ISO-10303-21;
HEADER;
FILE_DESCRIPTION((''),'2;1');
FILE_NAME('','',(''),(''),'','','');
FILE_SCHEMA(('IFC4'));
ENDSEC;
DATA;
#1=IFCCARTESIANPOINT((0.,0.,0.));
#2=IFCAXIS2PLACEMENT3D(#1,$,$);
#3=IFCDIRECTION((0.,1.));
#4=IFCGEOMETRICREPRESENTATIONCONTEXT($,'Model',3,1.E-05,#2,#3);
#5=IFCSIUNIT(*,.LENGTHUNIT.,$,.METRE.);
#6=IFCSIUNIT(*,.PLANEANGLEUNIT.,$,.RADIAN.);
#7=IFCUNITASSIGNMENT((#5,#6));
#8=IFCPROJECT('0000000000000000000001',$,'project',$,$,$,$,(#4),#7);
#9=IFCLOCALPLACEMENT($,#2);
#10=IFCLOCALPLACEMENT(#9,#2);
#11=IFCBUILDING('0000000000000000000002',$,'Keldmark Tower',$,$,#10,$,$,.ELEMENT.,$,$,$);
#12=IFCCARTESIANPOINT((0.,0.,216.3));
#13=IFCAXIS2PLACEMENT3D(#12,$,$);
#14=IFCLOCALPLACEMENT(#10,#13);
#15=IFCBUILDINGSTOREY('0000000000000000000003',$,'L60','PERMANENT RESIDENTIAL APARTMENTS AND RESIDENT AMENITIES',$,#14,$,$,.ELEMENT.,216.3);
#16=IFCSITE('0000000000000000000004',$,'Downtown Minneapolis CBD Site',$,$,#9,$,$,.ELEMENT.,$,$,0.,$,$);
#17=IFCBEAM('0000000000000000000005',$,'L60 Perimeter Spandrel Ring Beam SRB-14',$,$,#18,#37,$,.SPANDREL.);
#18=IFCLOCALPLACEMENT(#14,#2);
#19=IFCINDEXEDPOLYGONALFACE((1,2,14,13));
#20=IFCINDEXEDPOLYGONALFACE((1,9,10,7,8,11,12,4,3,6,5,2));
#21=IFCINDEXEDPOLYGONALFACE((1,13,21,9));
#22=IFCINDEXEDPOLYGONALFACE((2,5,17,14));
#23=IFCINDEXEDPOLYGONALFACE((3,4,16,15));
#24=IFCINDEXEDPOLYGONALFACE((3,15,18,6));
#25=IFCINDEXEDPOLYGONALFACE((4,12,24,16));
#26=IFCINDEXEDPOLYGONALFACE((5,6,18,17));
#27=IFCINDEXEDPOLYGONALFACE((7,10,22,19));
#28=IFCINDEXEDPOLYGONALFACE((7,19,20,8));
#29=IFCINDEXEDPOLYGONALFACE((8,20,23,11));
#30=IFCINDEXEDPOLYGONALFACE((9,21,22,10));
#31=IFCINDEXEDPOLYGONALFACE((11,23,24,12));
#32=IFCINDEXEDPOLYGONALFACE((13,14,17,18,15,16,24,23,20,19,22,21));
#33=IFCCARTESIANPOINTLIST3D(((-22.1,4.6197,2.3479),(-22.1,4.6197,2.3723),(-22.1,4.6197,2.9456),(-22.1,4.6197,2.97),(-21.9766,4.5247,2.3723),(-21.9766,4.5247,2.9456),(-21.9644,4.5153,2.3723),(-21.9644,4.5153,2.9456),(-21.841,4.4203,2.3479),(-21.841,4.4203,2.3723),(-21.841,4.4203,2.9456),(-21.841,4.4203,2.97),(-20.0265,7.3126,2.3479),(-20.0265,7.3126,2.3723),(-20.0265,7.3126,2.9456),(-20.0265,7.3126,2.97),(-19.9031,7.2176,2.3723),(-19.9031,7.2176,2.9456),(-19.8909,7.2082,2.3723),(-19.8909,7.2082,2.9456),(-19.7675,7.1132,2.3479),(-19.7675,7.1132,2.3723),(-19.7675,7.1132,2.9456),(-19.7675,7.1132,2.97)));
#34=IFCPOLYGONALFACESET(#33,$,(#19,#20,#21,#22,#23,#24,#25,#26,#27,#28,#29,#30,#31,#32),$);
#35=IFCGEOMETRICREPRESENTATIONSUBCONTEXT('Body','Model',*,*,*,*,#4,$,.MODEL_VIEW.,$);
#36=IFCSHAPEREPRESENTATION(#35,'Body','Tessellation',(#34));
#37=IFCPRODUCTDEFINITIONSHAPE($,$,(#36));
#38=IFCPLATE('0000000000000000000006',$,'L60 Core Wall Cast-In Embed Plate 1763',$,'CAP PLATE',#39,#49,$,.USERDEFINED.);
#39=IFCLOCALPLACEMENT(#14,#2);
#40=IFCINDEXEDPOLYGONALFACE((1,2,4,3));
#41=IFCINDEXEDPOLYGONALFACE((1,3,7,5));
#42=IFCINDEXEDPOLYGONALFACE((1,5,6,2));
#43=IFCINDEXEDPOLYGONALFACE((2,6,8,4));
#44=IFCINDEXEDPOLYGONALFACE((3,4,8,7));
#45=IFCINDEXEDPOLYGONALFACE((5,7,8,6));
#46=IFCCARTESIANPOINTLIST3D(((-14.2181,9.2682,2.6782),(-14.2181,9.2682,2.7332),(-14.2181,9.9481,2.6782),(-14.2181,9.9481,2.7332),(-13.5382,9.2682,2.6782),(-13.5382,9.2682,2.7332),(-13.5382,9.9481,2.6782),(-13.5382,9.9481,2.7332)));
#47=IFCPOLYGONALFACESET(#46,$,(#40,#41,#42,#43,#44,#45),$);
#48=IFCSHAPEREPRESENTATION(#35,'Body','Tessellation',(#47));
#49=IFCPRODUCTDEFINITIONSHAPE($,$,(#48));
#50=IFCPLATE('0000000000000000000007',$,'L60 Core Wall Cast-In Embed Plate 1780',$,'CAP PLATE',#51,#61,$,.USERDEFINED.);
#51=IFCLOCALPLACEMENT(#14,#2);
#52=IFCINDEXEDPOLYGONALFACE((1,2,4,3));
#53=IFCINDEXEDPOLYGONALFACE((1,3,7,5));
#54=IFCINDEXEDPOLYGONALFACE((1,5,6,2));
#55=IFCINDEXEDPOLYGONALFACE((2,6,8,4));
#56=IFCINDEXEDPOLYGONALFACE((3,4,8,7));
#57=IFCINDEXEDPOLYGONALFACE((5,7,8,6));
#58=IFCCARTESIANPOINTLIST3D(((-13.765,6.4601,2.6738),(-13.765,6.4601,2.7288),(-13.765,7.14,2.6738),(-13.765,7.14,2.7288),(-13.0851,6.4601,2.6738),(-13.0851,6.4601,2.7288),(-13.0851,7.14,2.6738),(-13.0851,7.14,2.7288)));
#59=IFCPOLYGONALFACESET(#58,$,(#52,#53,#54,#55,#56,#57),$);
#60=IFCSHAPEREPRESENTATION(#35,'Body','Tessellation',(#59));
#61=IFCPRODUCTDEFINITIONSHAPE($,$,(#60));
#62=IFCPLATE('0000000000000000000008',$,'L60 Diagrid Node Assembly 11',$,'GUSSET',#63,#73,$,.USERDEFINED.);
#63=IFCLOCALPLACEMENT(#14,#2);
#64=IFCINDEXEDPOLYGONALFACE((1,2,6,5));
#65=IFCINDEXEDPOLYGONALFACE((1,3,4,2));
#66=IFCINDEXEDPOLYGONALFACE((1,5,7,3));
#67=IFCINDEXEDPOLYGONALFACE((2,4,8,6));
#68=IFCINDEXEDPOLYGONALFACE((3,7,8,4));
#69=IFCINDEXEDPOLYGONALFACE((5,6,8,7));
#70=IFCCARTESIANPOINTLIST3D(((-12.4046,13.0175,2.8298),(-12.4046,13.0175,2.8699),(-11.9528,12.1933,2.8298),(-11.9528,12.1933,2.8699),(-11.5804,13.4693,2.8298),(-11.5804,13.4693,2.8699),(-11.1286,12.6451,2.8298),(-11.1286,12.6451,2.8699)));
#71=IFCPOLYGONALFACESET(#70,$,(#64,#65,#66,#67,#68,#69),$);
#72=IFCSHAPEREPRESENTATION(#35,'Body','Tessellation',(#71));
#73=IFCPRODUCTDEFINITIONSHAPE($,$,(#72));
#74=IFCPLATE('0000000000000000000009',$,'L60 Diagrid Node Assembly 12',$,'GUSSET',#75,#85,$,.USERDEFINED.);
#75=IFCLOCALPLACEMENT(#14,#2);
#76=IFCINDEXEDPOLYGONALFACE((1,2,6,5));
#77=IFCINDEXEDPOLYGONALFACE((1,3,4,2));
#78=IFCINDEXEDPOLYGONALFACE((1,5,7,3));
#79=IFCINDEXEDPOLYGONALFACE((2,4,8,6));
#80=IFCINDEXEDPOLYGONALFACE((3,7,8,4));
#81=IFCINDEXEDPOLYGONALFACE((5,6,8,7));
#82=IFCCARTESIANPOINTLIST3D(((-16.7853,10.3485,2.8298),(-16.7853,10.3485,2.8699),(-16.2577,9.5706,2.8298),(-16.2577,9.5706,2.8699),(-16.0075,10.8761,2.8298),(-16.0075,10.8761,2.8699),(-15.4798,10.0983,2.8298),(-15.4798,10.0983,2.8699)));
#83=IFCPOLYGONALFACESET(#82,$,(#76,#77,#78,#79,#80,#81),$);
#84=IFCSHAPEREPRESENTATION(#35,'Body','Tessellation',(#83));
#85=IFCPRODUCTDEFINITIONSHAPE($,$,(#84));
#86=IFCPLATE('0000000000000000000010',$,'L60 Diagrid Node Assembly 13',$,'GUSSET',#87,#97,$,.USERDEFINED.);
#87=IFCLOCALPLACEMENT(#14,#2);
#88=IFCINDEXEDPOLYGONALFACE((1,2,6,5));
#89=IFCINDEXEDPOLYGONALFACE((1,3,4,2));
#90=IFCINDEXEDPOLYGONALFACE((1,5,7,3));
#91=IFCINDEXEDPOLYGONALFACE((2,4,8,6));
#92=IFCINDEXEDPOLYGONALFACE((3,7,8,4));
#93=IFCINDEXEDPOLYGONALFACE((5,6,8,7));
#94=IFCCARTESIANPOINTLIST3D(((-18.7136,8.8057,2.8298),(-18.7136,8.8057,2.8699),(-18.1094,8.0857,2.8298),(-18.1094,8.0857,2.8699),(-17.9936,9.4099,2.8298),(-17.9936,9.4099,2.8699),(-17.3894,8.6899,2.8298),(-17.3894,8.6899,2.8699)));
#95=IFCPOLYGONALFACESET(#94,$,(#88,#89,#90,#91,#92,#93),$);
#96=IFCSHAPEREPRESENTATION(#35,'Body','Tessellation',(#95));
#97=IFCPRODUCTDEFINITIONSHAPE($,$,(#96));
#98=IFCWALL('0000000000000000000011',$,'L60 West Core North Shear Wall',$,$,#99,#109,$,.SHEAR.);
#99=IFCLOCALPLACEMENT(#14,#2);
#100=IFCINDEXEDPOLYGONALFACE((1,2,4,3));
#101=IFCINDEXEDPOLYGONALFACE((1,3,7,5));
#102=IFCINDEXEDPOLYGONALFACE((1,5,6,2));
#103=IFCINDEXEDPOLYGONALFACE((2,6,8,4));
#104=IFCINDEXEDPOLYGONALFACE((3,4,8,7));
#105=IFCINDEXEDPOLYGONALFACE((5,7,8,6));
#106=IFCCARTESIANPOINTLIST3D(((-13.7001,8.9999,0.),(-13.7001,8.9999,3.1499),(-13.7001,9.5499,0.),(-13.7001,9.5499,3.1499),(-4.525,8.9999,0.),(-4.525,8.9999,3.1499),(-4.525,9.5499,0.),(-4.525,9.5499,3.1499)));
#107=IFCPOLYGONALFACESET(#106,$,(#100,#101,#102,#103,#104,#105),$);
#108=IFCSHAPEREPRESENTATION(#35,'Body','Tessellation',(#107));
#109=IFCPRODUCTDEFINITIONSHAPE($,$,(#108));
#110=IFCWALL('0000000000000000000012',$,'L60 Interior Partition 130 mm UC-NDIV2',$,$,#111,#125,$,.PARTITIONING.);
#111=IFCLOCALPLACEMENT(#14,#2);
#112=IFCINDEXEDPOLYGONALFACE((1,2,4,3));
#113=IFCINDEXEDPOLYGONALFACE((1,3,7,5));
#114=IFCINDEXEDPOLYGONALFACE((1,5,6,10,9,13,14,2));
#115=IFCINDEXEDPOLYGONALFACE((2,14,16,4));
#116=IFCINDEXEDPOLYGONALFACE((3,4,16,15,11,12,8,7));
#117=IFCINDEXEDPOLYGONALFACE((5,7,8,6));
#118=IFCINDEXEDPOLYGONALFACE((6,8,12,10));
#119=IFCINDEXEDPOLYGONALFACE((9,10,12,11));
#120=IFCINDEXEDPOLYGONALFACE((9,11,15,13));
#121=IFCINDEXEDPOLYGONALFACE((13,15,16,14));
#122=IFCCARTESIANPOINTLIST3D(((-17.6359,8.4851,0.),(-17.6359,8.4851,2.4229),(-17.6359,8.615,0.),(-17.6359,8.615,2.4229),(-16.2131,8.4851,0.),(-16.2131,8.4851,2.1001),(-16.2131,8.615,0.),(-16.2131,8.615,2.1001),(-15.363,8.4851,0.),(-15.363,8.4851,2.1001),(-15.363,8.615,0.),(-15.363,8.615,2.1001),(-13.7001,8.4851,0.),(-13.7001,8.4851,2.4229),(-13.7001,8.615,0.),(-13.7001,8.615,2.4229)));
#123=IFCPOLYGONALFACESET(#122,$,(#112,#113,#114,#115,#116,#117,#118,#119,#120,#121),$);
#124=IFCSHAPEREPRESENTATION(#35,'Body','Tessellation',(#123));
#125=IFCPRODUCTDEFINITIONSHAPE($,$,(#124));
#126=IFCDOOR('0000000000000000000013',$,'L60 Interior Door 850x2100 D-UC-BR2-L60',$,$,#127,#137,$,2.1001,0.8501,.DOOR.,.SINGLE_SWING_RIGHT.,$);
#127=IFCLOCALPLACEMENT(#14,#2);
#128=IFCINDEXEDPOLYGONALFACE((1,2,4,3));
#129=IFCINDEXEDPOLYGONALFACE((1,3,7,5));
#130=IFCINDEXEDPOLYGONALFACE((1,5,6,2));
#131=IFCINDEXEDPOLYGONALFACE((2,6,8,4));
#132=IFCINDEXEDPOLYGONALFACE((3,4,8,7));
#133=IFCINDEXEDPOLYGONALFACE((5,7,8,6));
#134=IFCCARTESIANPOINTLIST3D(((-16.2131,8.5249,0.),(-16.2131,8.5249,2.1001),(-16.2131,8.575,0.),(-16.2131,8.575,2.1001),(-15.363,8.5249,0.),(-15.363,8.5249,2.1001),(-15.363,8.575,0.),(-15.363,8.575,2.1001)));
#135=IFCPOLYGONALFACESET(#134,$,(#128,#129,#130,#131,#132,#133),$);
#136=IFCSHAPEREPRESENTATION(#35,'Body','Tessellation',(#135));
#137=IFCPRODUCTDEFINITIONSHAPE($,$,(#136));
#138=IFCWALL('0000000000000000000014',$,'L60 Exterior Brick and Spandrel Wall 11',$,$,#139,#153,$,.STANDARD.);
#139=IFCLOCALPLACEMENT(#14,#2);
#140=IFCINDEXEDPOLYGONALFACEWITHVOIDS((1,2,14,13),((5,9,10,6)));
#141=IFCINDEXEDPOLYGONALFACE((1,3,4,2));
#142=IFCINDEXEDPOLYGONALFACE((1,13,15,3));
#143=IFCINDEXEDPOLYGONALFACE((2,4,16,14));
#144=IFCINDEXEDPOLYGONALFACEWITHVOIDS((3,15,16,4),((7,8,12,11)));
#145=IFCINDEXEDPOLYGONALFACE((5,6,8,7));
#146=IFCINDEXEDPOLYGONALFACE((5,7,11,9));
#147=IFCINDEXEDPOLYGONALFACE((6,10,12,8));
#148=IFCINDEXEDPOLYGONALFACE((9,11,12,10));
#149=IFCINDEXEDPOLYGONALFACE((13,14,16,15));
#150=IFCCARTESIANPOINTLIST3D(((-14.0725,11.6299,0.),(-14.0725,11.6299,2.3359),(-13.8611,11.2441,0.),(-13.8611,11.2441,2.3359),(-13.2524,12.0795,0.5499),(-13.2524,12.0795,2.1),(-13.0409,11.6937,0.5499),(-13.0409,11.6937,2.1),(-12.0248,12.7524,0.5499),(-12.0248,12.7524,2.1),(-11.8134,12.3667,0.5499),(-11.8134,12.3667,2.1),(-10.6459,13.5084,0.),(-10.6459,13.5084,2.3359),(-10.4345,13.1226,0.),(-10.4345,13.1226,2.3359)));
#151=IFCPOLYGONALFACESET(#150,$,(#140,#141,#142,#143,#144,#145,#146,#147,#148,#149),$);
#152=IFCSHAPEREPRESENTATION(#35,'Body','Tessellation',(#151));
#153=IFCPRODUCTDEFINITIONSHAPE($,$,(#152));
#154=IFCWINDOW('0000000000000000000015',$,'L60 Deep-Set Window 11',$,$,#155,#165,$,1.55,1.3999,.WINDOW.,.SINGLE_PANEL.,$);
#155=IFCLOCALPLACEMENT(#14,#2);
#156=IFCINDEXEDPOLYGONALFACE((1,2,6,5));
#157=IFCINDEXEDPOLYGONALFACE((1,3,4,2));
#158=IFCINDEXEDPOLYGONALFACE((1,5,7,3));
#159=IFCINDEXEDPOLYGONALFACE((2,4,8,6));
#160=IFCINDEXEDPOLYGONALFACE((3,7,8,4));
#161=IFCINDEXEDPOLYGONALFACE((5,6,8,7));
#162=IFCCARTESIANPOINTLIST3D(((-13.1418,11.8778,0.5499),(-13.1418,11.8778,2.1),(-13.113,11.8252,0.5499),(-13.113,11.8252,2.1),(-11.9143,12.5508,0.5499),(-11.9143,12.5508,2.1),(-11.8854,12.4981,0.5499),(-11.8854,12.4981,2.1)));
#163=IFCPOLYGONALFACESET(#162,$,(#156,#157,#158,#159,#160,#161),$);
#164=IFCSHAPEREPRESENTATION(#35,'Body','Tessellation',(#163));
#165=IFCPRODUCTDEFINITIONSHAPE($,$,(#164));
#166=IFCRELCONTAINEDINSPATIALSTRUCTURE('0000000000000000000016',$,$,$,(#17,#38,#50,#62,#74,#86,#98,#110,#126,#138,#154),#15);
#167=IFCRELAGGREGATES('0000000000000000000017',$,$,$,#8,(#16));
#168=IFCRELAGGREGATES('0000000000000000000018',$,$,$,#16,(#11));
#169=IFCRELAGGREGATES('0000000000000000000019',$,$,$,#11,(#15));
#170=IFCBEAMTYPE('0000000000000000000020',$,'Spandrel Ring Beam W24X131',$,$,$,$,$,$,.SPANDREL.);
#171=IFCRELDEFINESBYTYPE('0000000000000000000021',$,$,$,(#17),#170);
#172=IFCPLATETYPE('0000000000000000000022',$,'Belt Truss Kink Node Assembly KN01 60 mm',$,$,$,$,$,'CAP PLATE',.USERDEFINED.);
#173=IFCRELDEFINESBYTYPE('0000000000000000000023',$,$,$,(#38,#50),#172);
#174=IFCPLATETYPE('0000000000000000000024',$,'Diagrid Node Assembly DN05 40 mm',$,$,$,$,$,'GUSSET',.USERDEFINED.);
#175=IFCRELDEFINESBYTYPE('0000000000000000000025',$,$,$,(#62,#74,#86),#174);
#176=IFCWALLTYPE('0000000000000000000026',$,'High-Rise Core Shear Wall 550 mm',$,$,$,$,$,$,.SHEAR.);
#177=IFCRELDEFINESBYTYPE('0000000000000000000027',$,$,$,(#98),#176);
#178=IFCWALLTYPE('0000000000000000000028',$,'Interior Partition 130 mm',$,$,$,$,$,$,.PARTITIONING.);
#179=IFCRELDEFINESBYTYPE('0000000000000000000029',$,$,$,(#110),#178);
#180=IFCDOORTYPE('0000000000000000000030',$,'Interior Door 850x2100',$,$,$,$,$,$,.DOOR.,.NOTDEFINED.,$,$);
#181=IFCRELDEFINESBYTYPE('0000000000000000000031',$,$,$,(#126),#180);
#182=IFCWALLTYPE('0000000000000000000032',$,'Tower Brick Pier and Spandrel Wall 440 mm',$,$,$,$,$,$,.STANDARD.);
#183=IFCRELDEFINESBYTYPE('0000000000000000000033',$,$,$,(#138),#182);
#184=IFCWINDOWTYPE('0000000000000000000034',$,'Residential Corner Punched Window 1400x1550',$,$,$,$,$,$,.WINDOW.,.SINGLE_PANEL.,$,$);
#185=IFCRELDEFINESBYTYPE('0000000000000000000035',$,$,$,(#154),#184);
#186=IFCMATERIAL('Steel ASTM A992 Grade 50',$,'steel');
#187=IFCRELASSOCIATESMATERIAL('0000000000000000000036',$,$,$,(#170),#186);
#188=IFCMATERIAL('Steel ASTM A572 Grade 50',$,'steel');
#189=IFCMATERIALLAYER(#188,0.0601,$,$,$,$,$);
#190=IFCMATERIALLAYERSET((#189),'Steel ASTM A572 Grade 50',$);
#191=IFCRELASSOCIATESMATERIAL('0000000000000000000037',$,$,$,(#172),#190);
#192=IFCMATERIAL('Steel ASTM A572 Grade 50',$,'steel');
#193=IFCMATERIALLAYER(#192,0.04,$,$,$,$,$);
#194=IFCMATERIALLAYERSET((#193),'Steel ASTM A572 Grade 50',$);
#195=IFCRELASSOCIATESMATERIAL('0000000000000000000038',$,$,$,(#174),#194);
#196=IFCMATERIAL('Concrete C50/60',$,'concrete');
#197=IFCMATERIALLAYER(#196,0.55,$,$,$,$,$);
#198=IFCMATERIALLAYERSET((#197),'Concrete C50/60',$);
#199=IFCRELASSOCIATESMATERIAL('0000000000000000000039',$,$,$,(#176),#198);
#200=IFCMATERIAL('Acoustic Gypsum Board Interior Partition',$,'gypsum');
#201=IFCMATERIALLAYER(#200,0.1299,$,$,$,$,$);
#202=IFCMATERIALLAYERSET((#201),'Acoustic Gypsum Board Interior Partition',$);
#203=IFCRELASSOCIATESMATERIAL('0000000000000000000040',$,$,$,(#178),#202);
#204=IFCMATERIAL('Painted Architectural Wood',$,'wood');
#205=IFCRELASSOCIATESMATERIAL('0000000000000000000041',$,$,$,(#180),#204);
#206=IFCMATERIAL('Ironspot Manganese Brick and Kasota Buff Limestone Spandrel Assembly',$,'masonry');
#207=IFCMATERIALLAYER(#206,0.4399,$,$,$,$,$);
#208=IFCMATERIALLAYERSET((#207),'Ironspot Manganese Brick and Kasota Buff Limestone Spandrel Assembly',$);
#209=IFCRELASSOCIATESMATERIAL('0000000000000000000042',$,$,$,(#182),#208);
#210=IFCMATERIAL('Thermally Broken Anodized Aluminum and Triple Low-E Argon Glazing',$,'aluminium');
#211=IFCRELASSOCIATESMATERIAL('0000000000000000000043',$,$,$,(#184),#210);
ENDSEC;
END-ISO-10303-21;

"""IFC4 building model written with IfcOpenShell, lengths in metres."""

from ifc_helpers import new_model, si_unit, direction, frame, frame_2d, origin, origin_2d, place, context, subcontext, project, spatial, rectangle, i_section, extrude, material, layer, layer_set, material_profile, profile_set, type_object, element, fill, save


model = new_model("IFC4")

# Units and contexts
model_context = context("Model", 3, precision=1e-05, world=origin(), true_north=direction((0.0, 1.0)))
body_context = subcontext(model_context, "Body", "Model", "MODEL_VIEW")
ifc_project = project(units=[si_unit("LENGTHUNIT", "METRE"), si_unit("PLANEANGLEUNIT", "RADIAN")], contexts=[model_context])

# Site, building, storey
site_placement = place(None, origin())
site = spatial("IfcSite", under=ifc_project, at=site_placement, Name="Downtown Minneapolis CBD Site", CompositionType="ELEMENT", RefElevation=0.0)
building_placement = place(site_placement, origin())
building = spatial("IfcBuilding", under=site, at=building_placement, Name="Keldmark Tower", CompositionType="ELEMENT")
storey_placement = place(building_placement, frame((0.0, 0.0, 216.3)))
storey = spatial("IfcBuildingStorey", under=building, at=storey_placement, Name="L60", Description="PERMANENT RESIDENTIAL APARTMENTS AND RESIDENT AMENITIES", CompositionType="ELEMENT", Elevation=216.3)

# Beam
ifc_material_1 = material(Name="Steel ASTM A992 Grade 50", Category="steel")
ifc_material_profile_1 = material_profile(ifc_material_1, i_section(OverallWidth=0.3269, OverallDepth=0.6221, WebThickness=0.0154, FlangeThickness=0.0244, at=origin_2d()), Name="W24X131")
ifc_profile_set_1 = profile_set([ifc_material_profile_1], Name="Steel ASTM A992 Grade 50")
beam_type_1 = type_object("IfcBeamType", Name="Spandrel Ring Beam W24X131", PredefinedType="SPANDREL", material=ifc_profile_set_1)
beam_1_placement = place(storey_placement, frame((-19.897, 7.2129, 2.6589), z_axis=(-0.610089, -0.792333, 0.0), x_axis=(0.792333, -0.610089, 0.0)))
element("IfcBeam", 1, at=beam_1_placement, inside=storey, type_object=beam_type_1, Name="L60 Perimeter Spandrel Ring Beam SRB-14", PredefinedType="SPANDREL", context=body_context, shape_type="SweptSolid", body=[
    extrude(i_section(OverallWidth=0.3269, OverallDepth=0.6221, WebThickness=0.0154, FlangeThickness=0.0244, at=origin_2d()), origin(), (0.0, 0.0, 1.0), 3.3987),
])

# Plates
ifc_material_2 = material(Name="Steel ASTM A572 Grade 50", Category="steel")
ifc_layer_1 = layer(ifc_material_2, 0.0601)
ifc_layer_set_1 = layer_set([ifc_layer_1], Name="Steel ASTM A572 Grade 50")
plate_type_1 = type_object("IfcPlateType", Name="Belt Truss Kink Node Assembly KN01 60 mm", ElementType="CAP PLATE", PredefinedType="USERDEFINED", material=ifc_layer_set_1)
for number, where, z_axis, x_axis, name in (
    (2, (-13.8782, 9.6082, 2.6782), (0.0, 0.0, 1.0), (1.0, 0.0, 0.0), "L60 Core Wall Cast-In Embed Plate 1763"),
    (3, (-13.425, 6.8, 2.6738), (0.0, 0.0, 1.0), (1.0, 0.0, 0.0), "L60 Core Wall Cast-In Embed Plate 1780"),
):
    element("IfcPlate", number, at=place(storey_placement, frame(where, z_axis=z_axis, x_axis=x_axis)), inside=storey, type_object=plate_type_1, Name=name, ObjectType="CAP PLATE", PredefinedType="USERDEFINED", context=body_context, shape_type="SweptSolid", body=[
        extrude(rectangle(XDim=0.6799, YDim=0.6799, at=origin_2d()), origin(), (0.0, 0.0, 1.0), 0.0549),
    ])
ifc_material_3 = material(Name="Steel ASTM A572 Grade 50", Category="steel")
ifc_layer_2 = layer(ifc_material_3, 0.04)
ifc_layer_set_2 = layer_set([ifc_layer_2], Name="Steel ASTM A572 Grade 50")
plate_type_2 = type_object("IfcPlateType", Name="Diagrid Node Assembly DN05 40 mm", ElementType="GUSSET", PredefinedType="USERDEFINED", material=ifc_layer_set_2)
for number, where, z_axis, x_axis, name in (
    (4, (-11.7666, 12.8313, 2.8298), (0.0, 0.0, 1.0), (-0.876895, -0.480683, 0.0), "L60 Diagrid Node Assembly 11"),
    (5, (-16.1326, 10.2234, 2.8298), (0.0, 0.0, 1.0), (-0.827571, -0.561361, 0.0), "L60 Diagrid Node Assembly 12"),
    (6, (-18.0515, 8.7478, 2.8298), (0.0, 0.0, 1.0), (-0.766044, -0.642788, 0.0), "L60 Diagrid Node Assembly 13"),
):
    element("IfcPlate", number, at=place(storey_placement, frame(where, z_axis=z_axis, x_axis=x_axis)), inside=storey, type_object=plate_type_2, Name=name, ObjectType="GUSSET", PredefinedType="USERDEFINED", context=body_context, shape_type="SweptSolid", body=[
        extrude(rectangle(XDim=0.9399, YDim=0.9399, at=origin_2d()), origin(), (0.0, 0.0, 1.0), 0.04),
    ])

# Wall
ifc_material_4 = material(Name="Concrete C50/60", Category="concrete")
ifc_layer_3 = layer(ifc_material_4, 0.55)
ifc_layer_set_3 = layer_set([ifc_layer_3], Name="Concrete C50/60")
wall_type_1 = type_object("IfcWallType", Name="High-Rise Core Shear Wall 550 mm", PredefinedType="SHEAR", material=ifc_layer_set_3)
wall_1_placement = place(storey_placement, frame((-13.7, 9.2749, 0.0), z_axis=(0.0, 0.0, 1.0), x_axis=(1.0, 0.0, 0.0)))
element("IfcWall", 7, at=wall_1_placement, inside=storey, type_object=wall_type_1, Name="L60 West Core North Shear Wall", PredefinedType="SHEAR", context=body_context, shape_type="SweptSolid", body=[
    extrude(rectangle(XDim=9.175, YDim=0.55, at=frame_2d((4.5874, 0.0))), origin(), (0.0, 0.0, 1.0), 3.1499),
])

# Wall, opening, door
ifc_material_5 = material(Name="Acoustic Gypsum Board Interior Partition", Category="gypsum")
ifc_layer_4 = layer(ifc_material_5, 0.1299)
ifc_layer_set_4 = layer_set([ifc_layer_4], Name="Acoustic Gypsum Board Interior Partition")
wall_type_2 = type_object("IfcWallType", Name="Interior Partition 130 mm", PredefinedType="PARTITIONING", material=ifc_layer_set_4)
wall_2_placement = place(storey_placement, frame((-17.6357, 8.55, 0.0), z_axis=(0.0, 0.0, 1.0), x_axis=(1.0, 0.0, 0.0)))
wall_2 = element("IfcWall", 8, at=wall_2_placement, inside=storey, type_object=wall_type_2, Name="L60 Interior Partition 130 mm UC-NDIV2", PredefinedType="PARTITIONING", context=body_context, shape_type="SweptSolid", body=[
    extrude(rectangle(XDim=3.9358, YDim=0.1299, at=frame_2d((1.9678, 0.0))), origin(), (0.0, 0.0, 1.0), 2.4229),
])
opening_1_placement = place(wall_2_placement, frame((1.4226, 0.0, 0.0)))
opening_1 = element("IfcOpeningElement", 9, at=opening_1_placement, cuts=wall_2, PredefinedType="OPENING", context=body_context, shape_type="SweptSolid", body=[
    extrude(rectangle(XDim=0.8501, YDim=2.1001, at=frame_2d((0.425, 1.05))), frame((0.0, 0.075, 0.0), z_axis=(0.0, -1.0, 0.0), x_axis=(1.0, 0.0, 0.0)), (0.0, 0.0, 1.0), 0.1499),
])
ifc_material_6 = material(Name="Painted Architectural Wood", Category="wood")
door_type = type_object("IfcDoorType", Name="Interior Door 850x2100", OperationType="NOTDEFINED", PredefinedType="DOOR", material=ifc_material_6)
door_placement = place(opening_1_placement, origin())
door = element("IfcDoor", 10, at=door_placement, inside=storey, type_object=door_type, Name="L60 Interior Door 850x2100 D-UC-BR2-L60", OperationType="SINGLE_SWING_RIGHT", OverallHeight=2.1001, OverallWidth=0.8501, PredefinedType="DOOR", context=body_context, shape_type="SweptSolid", body=[
    extrude(rectangle(XDim=0.8501, YDim=2.1001, at=frame_2d((0.425, 1.05))), frame((0.0, 0.0249, 0.0), z_axis=(0.0, -1.0, 0.0), x_axis=(1.0, 0.0, 0.0)), (0.0, 0.0, 1.0), 0.05),
])
fill(opening_1, door)

# Wall, opening, window
ifc_material_7 = material(Name="Ironspot Manganese Brick and Kasota Buff Limestone Spandrel Assembly", Category="masonry")
ifc_layer_5 = layer(ifc_material_7, 0.4399)
ifc_layer_set_5 = layer_set([ifc_layer_5], Name="Ironspot Manganese Brick and Kasota Buff Limestone Spandrel Assembly")
wall_type_3 = type_object("IfcWallType", Name="Tower Brick Pier and Spandrel Wall 440 mm", PredefinedType="STANDARD", material=ifc_layer_set_5)
wall_3_placement = place(storey_placement, frame((-13.9668, 11.437, 0.0), z_axis=(0.0, 0.0, 1.0), x_axis=(0.876881, 0.480707, 0.0)))
wall_3 = element("IfcWall", 11, at=wall_3_placement, inside=storey, type_object=wall_type_3, Name="L60 Exterior Brick and Spandrel Wall 11", PredefinedType="STANDARD", context=body_context, shape_type="SweptSolid", body=[
    extrude(rectangle(XDim=3.9077, YDim=0.4399, at=frame_2d((1.9539, 0.0))), origin(), (0.0, 0.0, 1.0), 2.3359),
])
opening_2_placement = place(wall_3_placement, frame((0.9353, 0.0, 0.55)))
opening_2 = element("IfcOpeningElement", 12, at=opening_2_placement, cuts=wall_3, PredefinedType="OPENING", context=body_context, shape_type="SweptSolid", body=[
    extrude(rectangle(XDim=1.3999, YDim=1.55, at=frame_2d((0.7, 0.7749))), frame((0.0, 0.23, 0.0), z_axis=(0.0, -1.0, 0.0), x_axis=(1.0, 0.0, 0.0)), (0.0, 0.0, 1.0), 0.46),
])
ifc_material_8 = material(Name="Thermally Broken Anodized Aluminum and Triple Low-E Argon Glazing", Category="aluminium")
window_type_1 = type_object("IfcWindowType", Name="Residential Corner Punched Window 1400x1550", PartitioningType="SINGLE_PANEL", PredefinedType="WINDOW", material=ifc_material_8)
window_1_placement = place(opening_2_placement, origin())
window_1 = element("IfcWindow", 13, at=window_1_placement, inside=storey, type_object=window_type_1, Name="L60 Deep-Set Window 11", OverallHeight=1.55, OverallWidth=1.3999, PartitioningType="SINGLE_PANEL", PredefinedType="WINDOW", context=body_context, shape_type="SweptSolid", body=[
    extrude(rectangle(XDim=1.3999, YDim=1.55, at=frame_2d((0.7, 0.7749))), frame((0.0, -0.01, 0.0), z_axis=(0.0, -1.0, 0.0), x_axis=(1.0, 0.0, 0.0)), (0.0, 0.0, 1.0), 0.0601),
])
fill(opening_2, window_1)

save(model, "model.ifc")
